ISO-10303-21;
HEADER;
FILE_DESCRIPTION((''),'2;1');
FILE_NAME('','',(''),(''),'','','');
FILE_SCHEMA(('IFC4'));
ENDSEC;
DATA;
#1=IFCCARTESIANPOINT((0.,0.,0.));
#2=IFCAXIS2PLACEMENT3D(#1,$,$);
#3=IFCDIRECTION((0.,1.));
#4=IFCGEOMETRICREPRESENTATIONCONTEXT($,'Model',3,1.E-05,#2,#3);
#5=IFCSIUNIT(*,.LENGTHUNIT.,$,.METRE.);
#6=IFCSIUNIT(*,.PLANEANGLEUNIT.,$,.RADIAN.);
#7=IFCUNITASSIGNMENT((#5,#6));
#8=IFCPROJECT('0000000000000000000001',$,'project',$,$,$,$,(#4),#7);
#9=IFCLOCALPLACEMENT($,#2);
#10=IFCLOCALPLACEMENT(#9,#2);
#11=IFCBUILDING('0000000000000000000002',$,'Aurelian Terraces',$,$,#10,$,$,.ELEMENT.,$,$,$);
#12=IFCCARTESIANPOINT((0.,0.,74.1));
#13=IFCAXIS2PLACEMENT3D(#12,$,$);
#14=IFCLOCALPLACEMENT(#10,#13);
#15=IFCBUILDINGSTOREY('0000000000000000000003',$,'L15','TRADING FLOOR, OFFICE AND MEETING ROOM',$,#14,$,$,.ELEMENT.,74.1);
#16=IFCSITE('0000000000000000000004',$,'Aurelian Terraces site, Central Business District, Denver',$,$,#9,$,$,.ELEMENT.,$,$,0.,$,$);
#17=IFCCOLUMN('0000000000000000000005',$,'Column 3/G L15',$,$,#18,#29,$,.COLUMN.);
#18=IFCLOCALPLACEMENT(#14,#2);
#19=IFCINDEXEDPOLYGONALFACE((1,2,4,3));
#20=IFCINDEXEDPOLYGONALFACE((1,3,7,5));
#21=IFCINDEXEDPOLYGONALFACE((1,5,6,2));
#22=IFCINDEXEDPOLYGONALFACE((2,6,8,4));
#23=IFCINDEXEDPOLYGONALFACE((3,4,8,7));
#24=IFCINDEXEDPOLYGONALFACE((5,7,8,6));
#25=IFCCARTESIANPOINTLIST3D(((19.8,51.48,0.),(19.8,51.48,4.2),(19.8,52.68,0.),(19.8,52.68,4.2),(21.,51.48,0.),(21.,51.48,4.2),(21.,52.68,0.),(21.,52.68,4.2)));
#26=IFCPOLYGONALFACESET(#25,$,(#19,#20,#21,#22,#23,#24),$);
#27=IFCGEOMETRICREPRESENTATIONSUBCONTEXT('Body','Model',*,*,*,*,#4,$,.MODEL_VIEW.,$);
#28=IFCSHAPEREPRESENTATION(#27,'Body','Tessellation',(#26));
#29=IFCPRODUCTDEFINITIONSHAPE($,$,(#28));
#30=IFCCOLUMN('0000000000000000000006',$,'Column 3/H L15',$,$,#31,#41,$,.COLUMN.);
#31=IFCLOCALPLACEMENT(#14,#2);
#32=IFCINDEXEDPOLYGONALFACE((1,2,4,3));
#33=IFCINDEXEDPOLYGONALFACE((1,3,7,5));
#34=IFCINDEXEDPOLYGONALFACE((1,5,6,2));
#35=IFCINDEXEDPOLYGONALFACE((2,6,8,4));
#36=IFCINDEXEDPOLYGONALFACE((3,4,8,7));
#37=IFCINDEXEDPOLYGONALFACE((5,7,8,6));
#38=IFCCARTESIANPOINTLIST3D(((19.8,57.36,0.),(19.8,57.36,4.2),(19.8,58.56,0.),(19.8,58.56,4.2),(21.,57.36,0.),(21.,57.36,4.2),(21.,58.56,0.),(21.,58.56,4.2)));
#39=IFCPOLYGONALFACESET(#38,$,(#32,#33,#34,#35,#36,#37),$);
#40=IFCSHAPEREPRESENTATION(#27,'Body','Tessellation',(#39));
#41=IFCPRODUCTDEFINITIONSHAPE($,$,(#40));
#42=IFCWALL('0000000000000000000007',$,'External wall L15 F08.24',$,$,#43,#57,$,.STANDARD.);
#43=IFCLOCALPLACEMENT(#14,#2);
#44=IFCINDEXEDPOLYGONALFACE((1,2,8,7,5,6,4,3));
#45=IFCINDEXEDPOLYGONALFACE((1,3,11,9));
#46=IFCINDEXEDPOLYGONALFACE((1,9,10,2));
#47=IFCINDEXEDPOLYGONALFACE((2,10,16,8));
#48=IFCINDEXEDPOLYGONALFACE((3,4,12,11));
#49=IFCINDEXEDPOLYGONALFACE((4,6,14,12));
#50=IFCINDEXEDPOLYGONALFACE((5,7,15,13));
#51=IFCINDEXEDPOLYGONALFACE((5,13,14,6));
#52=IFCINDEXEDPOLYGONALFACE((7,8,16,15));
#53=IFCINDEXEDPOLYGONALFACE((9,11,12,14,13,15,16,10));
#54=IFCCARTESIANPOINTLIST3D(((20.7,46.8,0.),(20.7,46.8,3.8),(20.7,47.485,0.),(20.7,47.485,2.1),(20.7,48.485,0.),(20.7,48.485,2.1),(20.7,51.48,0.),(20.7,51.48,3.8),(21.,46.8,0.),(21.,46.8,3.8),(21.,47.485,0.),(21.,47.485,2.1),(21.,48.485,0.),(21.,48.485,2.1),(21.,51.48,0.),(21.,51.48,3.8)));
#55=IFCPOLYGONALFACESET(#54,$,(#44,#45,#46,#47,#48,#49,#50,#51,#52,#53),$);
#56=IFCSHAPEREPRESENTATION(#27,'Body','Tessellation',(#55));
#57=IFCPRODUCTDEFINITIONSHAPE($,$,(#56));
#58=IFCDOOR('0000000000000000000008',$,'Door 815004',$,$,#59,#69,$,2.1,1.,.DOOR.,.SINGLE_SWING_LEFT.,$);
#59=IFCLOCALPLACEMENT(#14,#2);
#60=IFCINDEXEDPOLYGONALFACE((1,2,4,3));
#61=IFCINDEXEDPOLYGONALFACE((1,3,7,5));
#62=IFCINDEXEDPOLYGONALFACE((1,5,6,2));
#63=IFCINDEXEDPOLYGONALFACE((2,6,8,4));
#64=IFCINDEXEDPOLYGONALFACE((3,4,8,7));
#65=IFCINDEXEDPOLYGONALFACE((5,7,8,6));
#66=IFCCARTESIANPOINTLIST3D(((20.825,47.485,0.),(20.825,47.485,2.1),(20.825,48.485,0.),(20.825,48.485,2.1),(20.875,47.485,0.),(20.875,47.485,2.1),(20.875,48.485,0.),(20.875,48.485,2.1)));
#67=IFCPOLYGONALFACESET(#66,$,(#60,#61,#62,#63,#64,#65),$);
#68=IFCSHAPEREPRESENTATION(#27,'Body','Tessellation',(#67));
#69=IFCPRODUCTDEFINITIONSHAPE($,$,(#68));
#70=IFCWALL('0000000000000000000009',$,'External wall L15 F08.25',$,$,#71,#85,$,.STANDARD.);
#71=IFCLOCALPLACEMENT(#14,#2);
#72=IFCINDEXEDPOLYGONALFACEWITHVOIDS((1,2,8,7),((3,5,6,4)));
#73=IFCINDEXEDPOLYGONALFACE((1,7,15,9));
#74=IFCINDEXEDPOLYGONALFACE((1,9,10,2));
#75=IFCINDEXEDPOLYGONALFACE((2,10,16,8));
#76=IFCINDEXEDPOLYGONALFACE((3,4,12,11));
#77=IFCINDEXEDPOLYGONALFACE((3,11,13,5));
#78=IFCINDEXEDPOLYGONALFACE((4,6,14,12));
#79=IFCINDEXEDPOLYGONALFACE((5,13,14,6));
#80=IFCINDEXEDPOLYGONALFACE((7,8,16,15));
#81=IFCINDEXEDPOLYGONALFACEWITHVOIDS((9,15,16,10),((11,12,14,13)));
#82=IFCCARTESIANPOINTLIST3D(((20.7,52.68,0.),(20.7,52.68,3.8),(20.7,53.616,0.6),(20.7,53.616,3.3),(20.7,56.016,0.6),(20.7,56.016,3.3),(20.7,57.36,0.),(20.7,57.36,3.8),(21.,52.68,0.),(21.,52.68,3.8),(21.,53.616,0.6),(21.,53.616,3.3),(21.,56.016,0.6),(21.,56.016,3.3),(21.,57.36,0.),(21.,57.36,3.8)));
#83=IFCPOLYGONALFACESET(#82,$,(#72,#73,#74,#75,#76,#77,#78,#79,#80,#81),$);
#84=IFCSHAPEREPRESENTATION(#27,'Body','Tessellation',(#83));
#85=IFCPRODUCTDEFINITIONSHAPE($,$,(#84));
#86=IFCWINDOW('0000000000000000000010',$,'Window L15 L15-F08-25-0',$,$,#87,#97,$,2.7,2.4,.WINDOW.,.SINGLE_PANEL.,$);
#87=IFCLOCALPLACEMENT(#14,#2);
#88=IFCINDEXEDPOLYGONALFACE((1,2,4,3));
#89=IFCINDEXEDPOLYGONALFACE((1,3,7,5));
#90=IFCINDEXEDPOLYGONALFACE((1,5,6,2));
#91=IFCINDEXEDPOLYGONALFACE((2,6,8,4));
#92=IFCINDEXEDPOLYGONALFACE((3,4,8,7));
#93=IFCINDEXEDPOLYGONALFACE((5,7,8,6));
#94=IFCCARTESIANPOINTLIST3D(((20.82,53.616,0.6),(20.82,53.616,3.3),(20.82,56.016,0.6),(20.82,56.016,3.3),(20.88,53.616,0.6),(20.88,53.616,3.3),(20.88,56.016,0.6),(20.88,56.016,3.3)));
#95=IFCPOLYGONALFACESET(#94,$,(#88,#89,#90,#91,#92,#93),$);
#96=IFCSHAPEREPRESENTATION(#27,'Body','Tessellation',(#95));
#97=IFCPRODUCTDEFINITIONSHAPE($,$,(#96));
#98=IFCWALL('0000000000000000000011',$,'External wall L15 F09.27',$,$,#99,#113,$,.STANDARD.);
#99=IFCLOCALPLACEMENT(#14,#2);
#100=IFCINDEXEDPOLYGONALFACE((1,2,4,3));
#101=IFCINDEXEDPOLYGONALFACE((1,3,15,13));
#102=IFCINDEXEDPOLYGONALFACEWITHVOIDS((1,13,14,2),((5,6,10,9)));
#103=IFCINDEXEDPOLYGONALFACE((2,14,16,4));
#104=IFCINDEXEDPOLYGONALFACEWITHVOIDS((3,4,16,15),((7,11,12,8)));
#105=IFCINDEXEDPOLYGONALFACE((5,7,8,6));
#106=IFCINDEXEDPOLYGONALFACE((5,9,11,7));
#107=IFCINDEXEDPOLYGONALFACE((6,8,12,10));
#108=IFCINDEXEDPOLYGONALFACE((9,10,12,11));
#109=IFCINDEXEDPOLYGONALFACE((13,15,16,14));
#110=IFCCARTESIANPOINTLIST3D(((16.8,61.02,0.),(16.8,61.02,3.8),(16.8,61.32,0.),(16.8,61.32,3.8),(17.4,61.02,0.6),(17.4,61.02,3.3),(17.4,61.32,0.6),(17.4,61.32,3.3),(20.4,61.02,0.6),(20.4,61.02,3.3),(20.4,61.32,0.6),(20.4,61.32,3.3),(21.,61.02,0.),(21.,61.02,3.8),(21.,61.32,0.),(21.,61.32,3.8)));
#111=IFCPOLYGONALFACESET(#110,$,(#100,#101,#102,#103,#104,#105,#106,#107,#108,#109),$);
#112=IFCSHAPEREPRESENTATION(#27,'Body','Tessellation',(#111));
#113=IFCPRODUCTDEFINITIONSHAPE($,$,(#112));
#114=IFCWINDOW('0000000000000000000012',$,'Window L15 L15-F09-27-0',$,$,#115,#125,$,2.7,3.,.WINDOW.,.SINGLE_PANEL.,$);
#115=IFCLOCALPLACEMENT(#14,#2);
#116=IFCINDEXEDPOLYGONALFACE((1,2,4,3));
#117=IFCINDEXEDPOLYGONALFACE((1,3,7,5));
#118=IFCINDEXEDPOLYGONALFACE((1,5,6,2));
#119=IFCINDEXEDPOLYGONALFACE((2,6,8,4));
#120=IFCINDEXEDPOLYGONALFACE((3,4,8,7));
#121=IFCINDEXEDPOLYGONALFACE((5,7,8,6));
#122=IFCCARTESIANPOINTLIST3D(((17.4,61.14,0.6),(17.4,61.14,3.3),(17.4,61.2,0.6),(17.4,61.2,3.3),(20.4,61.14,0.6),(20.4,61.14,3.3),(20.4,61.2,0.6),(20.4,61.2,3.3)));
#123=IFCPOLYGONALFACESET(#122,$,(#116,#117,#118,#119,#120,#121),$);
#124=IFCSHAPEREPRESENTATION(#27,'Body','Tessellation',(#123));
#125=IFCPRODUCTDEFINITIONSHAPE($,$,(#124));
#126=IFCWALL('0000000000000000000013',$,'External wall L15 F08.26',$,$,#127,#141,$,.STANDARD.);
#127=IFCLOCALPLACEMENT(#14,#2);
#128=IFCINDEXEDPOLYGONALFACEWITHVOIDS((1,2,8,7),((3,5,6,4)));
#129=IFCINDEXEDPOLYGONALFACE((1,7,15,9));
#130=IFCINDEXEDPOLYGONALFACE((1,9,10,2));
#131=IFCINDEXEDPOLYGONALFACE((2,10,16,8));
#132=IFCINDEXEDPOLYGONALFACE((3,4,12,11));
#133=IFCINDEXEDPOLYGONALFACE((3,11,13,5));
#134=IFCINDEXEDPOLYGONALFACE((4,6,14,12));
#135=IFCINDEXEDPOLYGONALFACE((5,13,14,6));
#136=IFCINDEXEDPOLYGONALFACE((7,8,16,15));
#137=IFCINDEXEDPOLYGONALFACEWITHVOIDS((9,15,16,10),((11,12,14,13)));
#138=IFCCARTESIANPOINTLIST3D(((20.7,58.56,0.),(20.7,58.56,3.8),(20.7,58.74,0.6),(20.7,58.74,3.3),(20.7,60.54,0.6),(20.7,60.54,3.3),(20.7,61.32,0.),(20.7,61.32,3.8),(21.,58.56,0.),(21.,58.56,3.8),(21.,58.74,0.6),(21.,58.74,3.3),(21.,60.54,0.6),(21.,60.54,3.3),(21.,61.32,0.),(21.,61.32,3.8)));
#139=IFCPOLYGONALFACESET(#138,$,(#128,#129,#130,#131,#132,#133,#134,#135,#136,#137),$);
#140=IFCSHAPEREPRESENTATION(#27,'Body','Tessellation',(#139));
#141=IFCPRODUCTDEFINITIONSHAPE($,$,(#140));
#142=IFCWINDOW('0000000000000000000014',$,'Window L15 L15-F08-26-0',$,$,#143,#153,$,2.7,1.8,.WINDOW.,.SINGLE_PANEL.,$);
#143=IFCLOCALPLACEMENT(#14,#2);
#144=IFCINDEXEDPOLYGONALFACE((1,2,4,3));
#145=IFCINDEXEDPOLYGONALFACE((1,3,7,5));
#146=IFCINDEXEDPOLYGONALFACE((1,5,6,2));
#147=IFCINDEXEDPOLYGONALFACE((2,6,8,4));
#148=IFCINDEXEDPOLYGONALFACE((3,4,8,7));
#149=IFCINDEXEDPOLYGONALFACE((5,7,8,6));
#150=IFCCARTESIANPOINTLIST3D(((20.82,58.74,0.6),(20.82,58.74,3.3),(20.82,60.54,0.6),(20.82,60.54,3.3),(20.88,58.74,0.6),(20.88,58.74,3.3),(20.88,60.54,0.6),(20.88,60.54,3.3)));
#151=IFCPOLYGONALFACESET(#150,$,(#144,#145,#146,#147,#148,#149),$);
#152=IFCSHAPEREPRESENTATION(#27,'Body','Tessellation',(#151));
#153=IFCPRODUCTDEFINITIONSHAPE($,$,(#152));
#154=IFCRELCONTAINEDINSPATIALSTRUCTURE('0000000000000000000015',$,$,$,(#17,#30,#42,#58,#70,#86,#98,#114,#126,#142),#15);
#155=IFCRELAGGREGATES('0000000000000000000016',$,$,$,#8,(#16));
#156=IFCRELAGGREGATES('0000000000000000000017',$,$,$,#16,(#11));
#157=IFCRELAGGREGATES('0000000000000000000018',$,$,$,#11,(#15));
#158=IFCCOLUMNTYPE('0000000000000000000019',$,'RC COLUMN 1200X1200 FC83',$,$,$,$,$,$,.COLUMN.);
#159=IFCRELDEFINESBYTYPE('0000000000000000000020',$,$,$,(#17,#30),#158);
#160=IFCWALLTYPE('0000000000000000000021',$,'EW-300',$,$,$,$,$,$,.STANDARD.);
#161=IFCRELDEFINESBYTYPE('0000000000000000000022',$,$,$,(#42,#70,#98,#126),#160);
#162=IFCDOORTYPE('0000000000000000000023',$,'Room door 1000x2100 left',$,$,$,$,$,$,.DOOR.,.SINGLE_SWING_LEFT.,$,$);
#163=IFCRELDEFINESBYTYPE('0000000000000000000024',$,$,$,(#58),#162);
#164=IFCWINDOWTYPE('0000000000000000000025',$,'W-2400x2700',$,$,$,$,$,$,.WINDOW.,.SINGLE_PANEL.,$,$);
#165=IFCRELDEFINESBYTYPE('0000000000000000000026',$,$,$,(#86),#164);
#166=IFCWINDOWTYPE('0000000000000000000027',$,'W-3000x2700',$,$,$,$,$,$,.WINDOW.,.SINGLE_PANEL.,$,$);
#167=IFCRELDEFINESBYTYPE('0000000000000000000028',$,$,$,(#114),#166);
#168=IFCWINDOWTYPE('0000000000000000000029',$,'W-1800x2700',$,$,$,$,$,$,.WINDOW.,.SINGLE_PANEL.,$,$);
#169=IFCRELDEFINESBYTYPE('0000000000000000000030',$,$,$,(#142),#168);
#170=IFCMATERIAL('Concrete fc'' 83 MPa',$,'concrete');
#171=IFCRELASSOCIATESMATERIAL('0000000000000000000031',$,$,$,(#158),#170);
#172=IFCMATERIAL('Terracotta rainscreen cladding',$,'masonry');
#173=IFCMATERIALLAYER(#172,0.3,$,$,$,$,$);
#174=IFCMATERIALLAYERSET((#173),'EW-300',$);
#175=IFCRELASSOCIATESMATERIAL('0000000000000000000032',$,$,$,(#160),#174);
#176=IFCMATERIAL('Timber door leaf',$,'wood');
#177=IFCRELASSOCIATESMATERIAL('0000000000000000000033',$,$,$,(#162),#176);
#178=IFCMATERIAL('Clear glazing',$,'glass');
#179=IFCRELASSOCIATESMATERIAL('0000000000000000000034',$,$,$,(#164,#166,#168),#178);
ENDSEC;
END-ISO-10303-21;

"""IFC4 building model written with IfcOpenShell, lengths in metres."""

from ifc_helpers import new_model, si_unit, direction, frame, frame_2d, origin, origin_2d, place, context, subcontext, project, spatial, rectangle, extrude, source, transform, mapped, material, layer, layer_set, material_profile, profile_set, type_object, element, fill, save


model = new_model("IFC4")

# Units and contexts
model_context = context("Model", 3, precision=1e-05, world=origin(), true_north=direction((0.0, 1.0)))
body_context = subcontext(model_context, "Body", "Model", "MODEL_VIEW")
ifc_project = project(units=[si_unit("LENGTHUNIT", "METRE"), si_unit("PLANEANGLEUNIT", "RADIAN")], contexts=[model_context])

# Site, building, storey
site_placement = place(None, origin())
site = spatial("IfcSite", under=ifc_project, at=site_placement, Name="Aurelian Terraces site, Central Business District, Denver", CompositionType="ELEMENT", RefElevation=0.0)
building_placement = place(site_placement, origin())
building = spatial("IfcBuilding", under=site, at=building_placement, Name="Aurelian Terraces", CompositionType="ELEMENT")
storey_placement = place(building_placement, frame((0.0, 0.0, 74.1)))
storey = spatial("IfcBuildingStorey", under=building, at=storey_placement, Name="L15", Description="TRADING FLOOR, OFFICE AND MEETING ROOM", CompositionType="ELEMENT", Elevation=74.1)

# Columns
ifc_material_1 = material(Name="Concrete fc' 83 MPa", Category="concrete")
ifc_material_profile = material_profile(ifc_material_1, rectangle(XDim=1.2, YDim=1.2, at=origin_2d()))
ifc_profile_set = profile_set([ifc_material_profile], Name="Concrete fc' 83 MPa")
column_type = type_object("IfcColumnType", Name="RC COLUMN 1200X1200 FC83", PredefinedType="COLUMN", material=ifc_profile_set)
shared_shape_1 = source(origin(), body_context, "Body", "SweptSolid", [
    extrude(rectangle(XDim=1.2, YDim=1.2, at=origin_2d()), origin(), (0.0, 0.0, 1.0), 4.2),
])
for number, where, z_axis, x_axis, name in (
    (1, (20.4, 52.08, 0.0), (0.0, 0.0, 1.0), (1.0, 0.0, 0.0), "Column 3/G L15"),
    (2, (20.4, 57.96, 0.0), (0.0, 0.0, 1.0), (1.0, 0.0, 0.0), "Column 3/H L15"),
):
    element("IfcColumn", number, at=place(storey_placement, frame(where, z_axis=z_axis, x_axis=x_axis)), inside=storey, type_object=column_type, Name=name, PredefinedType="COLUMN", context=body_context, shape_type="MappedRepresentation", body=[
        mapped(shared_shape_1, transform((0.0, 0.0, 0.0), scale=1.0)),
    ])

# Wall, opening, door
ifc_material_2 = material(Name="Terracotta rainscreen cladding", Category="masonry")
ifc_layer_1 = layer(ifc_material_2, 0.3)
ifc_layer_set_1 = layer_set([ifc_layer_1], Name="EW-300")
wall_type_1 = type_object("IfcWallType", Name="EW-300", PredefinedType="STANDARD", material=ifc_layer_set_1)
shared_shape_2 = source(origin(), body_context, "Body", "SweptSolid", [
    extrude(rectangle(XDim=4.68, YDim=0.3, at=frame_2d((2.34, 0.0))), origin(), (0.0, 0.0, 1.0), 3.8),
])
wall_1_placement = place(storey_placement, frame((20.85, 46.8, 0.0), z_axis=(0.0, 0.0, 1.0), x_axis=(0.0, 1.0, 0.0)))
wall_1 = element("IfcWall", 3, at=wall_1_placement, inside=storey, type_object=wall_type_1, Name="External wall L15 F08.24", PredefinedType="STANDARD", context=body_context, shape_type="MappedRepresentation", body=[
    mapped(shared_shape_2, transform((0.0, 0.0, 0.0), scale=1.0)),
])
shared_shape_3 = source(origin(), body_context, "Body", "SweptSolid", [
    extrude(rectangle(XDim=1.0, YDim=2.1, at=frame_2d((0.5, 1.05))), frame((0.0, 0.16, 0.0), z_axis=(0.0, -1.0, 0.0), x_axis=(1.0, 0.0, 0.0)), (0.0, 0.0, 1.0), 0.32),
])
opening_1_placement = place(wall_1_placement, frame((0.685, 0.0, 0.0)))
opening_1 = element("IfcOpeningElement", 4, at=opening_1_placement, cuts=wall_1, PredefinedType="OPENING", context=body_context, shape_type="MappedRepresentation", body=[
    mapped(shared_shape_3, transform((0.0, 0.0, 0.0), scale=1.0)),
])
ifc_material_3 = material(Name="Timber door leaf", Category="wood")
door_type = type_object("IfcDoorType", Name="Room door 1000x2100 left", OperationType="SINGLE_SWING_LEFT", PredefinedType="DOOR", material=ifc_material_3)
shared_shape_4 = source(origin(), body_context, "Body", "SweptSolid", [
    extrude(rectangle(XDim=1.0, YDim=2.1, at=frame_2d((0.5, 1.05))), frame((0.0, 0.025, 0.0), z_axis=(0.0, -1.0, 0.0), x_axis=(1.0, 0.0, 0.0)), (0.0, 0.0, 1.0), 0.05),
])
door_placement = place(opening_1_placement, origin())
door = element("IfcDoor", 5, at=door_placement, inside=storey, type_object=door_type, Name="Door 815004", OperationType="SINGLE_SWING_LEFT", OverallHeight=2.1, OverallWidth=1.0, PredefinedType="DOOR", context=body_context, shape_type="MappedRepresentation", body=[
    mapped(shared_shape_4, transform((0.0, 0.0, 0.0), scale=1.0)),
])
fill(opening_1, door)

# Walls, openings, windows
wall_2_placement = place(storey_placement, frame((20.85, 52.68, 0.0), z_axis=(0.0, 0.0, 1.0), x_axis=(0.0, 1.0, 0.0)))
wall_2 = element("IfcWall", 6, at=wall_2_placement, inside=storey, type_object=wall_type_1, Name="External wall L15 F08.25", PredefinedType="STANDARD", context=body_context, shape_type="MappedRepresentation", body=[
    mapped(shared_shape_2, transform((0.0, 0.0, 0.0), scale=1.0)),
])
shared_shape_5 = source(origin(), body_context, "Body", "SweptSolid", [
    extrude(rectangle(XDim=2.4, YDim=2.7, at=frame_2d((1.2, 1.35))), frame((0.0, 0.16, 0.0), z_axis=(0.0, -1.0, 0.0), x_axis=(1.0, 0.0, 0.0)), (0.0, 0.0, 1.0), 0.32),
])
opening_2_placement = place(wall_2_placement, frame((0.936, 0.0, 0.6)))
opening_2 = element("IfcOpeningElement", 7, at=opening_2_placement, cuts=wall_2, PredefinedType="OPENING", context=body_context, shape_type="MappedRepresentation", body=[
    mapped(shared_shape_5, transform((0.0, 0.0, 0.0), scale=1.0)),
])
ifc_material_4 = material(Name="Clear glazing", Category="glass")
window_type_1 = type_object("IfcWindowType", Name="W-2400x2700", PartitioningType="SINGLE_PANEL", PredefinedType="WINDOW", material=ifc_material_4)
shared_shape_6 = source(origin(), body_context, "Body", "SweptSolid", [
    extrude(rectangle(XDim=2.4, YDim=2.7, at=frame_2d((1.2, 1.35))), frame((0.0, 0.03, 0.0), z_axis=(0.0, -1.0, 0.0), x_axis=(1.0, 0.0, 0.0)), (0.0, 0.0, 1.0), 0.06),
])
window_1_placement = place(opening_2_placement, origin())
window_1 = element("IfcWindow", 8, at=window_1_placement, inside=storey, type_object=window_type_1, Name="Window L15 L15-F08-25-0", OverallHeight=2.7, OverallWidth=2.4, PartitioningType="SINGLE_PANEL", PredefinedType="WINDOW", context=body_context, shape_type="MappedRepresentation", body=[
    mapped(shared_shape_6, transform((0.0, 0.0, 0.0), scale=1.0)),
])
fill(opening_2, window_1)
shared_shape_7 = source(origin(), body_context, "Body", "SweptSolid", [
    extrude(rectangle(XDim=4.2, YDim=0.3, at=frame_2d((2.1, 0.0))), origin(), (0.0, 0.0, 1.0), 3.8),
])
wall_3_placement = place(storey_placement, frame((21.0, 61.17, 0.0), z_axis=(0.0, 0.0, 1.0), x_axis=(-1.0, 0.0, 0.0)))
wall_3 = element("IfcWall", 9, at=wall_3_placement, inside=storey, type_object=wall_type_1, Name="External wall L15 F09.27", PredefinedType="STANDARD", context=body_context, shape_type="MappedRepresentation", body=[
    mapped(shared_shape_7, transform((0.0, 0.0, 0.0), scale=1.0)),
])
shared_shape_8 = source(origin(), body_context, "Body", "SweptSolid", [
    extrude(rectangle(XDim=3.0, YDim=2.7, at=frame_2d((1.5, 1.35))), frame((0.0, 0.16, 0.0), z_axis=(0.0, -1.0, 0.0), x_axis=(1.0, 0.0, 0.0)), (0.0, 0.0, 1.0), 0.32),
])
opening_3_placement = place(wall_3_placement, frame((0.6, 0.0, 0.6)))
opening_3 = element("IfcOpeningElement", 10, at=opening_3_placement, cuts=wall_3, PredefinedType="OPENING", context=body_context, shape_type="MappedRepresentation", body=[
    mapped(shared_shape_8, transform((0.0, 0.0, 0.0), scale=1.0)),
])
window_type_2 = type_object("IfcWindowType", Name="W-3000x2700", PartitioningType="SINGLE_PANEL", PredefinedType="WINDOW", material=ifc_material_4)
shared_shape_9 = source(origin(), body_context, "Body", "SweptSolid", [
    extrude(rectangle(XDim=3.0, YDim=2.7, at=frame_2d((1.5, 1.35))), frame((0.0, 0.03, 0.0), z_axis=(0.0, -1.0, 0.0), x_axis=(1.0, 0.0, 0.0)), (0.0, 0.0, 1.0), 0.06),
])
window_2_placement = place(opening_3_placement, origin())
window_2 = element("IfcWindow", 11, at=window_2_placement, inside=storey, type_object=window_type_2, Name="Window L15 L15-F09-27-0", OverallHeight=2.7, OverallWidth=3.0, PartitioningType="SINGLE_PANEL", PredefinedType="WINDOW", context=body_context, shape_type="MappedRepresentation", body=[
    mapped(shared_shape_9, transform((0.0, 0.0, 0.0), scale=1.0)),
])
fill(opening_3, window_2)
shared_shape_10 = source(origin(), body_context, "Body", "SweptSolid", [
    extrude(rectangle(XDim=2.76, YDim=0.3, at=frame_2d((1.38, 0.0))), origin(), (0.0, 0.0, 1.0), 3.8),
])
wall_4_placement = place(storey_placement, frame((20.85, 58.56, 0.0), z_axis=(0.0, 0.0, 1.0), x_axis=(0.0, 1.0, 0.0)))
wall_4 = element("IfcWall", 12, at=wall_4_placement, inside=storey, type_object=wall_type_1, Name="External wall L15 F08.26", PredefinedType="STANDARD", context=body_context, shape_type="MappedRepresentation", body=[
    mapped(shared_shape_10, transform((0.0, 0.0, 0.0), scale=1.0)),
])
shared_shape_11 = source(origin(), body_context, "Body", "SweptSolid", [
    extrude(rectangle(XDim=1.8, YDim=2.7, at=frame_2d((0.9, 1.35))), frame((0.0, 0.16, 0.0), z_axis=(0.0, -1.0, 0.0), x_axis=(1.0, 0.0, 0.0)), (0.0, 0.0, 1.0), 0.32),
])
opening_4_placement = place(wall_4_placement, frame((0.18, 0.0, 0.6)))
opening_4 = element("IfcOpeningElement", 13, at=opening_4_placement, cuts=wall_4, PredefinedType="OPENING", context=body_context, shape_type="MappedRepresentation", body=[
    mapped(shared_shape_11, transform((0.0, 0.0, 0.0), scale=1.0)),
])
window_type_3 = type_object("IfcWindowType", Name="W-1800x2700", PartitioningType="SINGLE_PANEL", PredefinedType="WINDOW", material=ifc_material_4)
shared_shape_12 = source(origin(), body_context, "Body", "SweptSolid", [
    extrude(rectangle(XDim=1.8, YDim=2.7, at=frame_2d((0.9, 1.35))), frame((0.0, 0.03, 0.0), z_axis=(0.0, -1.0, 0.0), x_axis=(1.0, 0.0, 0.0)), (0.0, 0.0, 1.0), 0.06),
])
window_3_placement = place(opening_4_placement, origin())
window_3 = element("IfcWindow", 14, at=window_3_placement, inside=storey, type_object=window_type_3, Name="Window L15 L15-F08-26-0", OverallHeight=2.7, OverallWidth=1.8, PartitioningType="SINGLE_PANEL", PredefinedType="WINDOW", context=body_context, shape_type="MappedRepresentation", body=[
    mapped(shared_shape_12, transform((0.0, 0.0, 0.0), scale=1.0)),
])
fill(opening_4, window_3)

save(model, "model.ifc")
